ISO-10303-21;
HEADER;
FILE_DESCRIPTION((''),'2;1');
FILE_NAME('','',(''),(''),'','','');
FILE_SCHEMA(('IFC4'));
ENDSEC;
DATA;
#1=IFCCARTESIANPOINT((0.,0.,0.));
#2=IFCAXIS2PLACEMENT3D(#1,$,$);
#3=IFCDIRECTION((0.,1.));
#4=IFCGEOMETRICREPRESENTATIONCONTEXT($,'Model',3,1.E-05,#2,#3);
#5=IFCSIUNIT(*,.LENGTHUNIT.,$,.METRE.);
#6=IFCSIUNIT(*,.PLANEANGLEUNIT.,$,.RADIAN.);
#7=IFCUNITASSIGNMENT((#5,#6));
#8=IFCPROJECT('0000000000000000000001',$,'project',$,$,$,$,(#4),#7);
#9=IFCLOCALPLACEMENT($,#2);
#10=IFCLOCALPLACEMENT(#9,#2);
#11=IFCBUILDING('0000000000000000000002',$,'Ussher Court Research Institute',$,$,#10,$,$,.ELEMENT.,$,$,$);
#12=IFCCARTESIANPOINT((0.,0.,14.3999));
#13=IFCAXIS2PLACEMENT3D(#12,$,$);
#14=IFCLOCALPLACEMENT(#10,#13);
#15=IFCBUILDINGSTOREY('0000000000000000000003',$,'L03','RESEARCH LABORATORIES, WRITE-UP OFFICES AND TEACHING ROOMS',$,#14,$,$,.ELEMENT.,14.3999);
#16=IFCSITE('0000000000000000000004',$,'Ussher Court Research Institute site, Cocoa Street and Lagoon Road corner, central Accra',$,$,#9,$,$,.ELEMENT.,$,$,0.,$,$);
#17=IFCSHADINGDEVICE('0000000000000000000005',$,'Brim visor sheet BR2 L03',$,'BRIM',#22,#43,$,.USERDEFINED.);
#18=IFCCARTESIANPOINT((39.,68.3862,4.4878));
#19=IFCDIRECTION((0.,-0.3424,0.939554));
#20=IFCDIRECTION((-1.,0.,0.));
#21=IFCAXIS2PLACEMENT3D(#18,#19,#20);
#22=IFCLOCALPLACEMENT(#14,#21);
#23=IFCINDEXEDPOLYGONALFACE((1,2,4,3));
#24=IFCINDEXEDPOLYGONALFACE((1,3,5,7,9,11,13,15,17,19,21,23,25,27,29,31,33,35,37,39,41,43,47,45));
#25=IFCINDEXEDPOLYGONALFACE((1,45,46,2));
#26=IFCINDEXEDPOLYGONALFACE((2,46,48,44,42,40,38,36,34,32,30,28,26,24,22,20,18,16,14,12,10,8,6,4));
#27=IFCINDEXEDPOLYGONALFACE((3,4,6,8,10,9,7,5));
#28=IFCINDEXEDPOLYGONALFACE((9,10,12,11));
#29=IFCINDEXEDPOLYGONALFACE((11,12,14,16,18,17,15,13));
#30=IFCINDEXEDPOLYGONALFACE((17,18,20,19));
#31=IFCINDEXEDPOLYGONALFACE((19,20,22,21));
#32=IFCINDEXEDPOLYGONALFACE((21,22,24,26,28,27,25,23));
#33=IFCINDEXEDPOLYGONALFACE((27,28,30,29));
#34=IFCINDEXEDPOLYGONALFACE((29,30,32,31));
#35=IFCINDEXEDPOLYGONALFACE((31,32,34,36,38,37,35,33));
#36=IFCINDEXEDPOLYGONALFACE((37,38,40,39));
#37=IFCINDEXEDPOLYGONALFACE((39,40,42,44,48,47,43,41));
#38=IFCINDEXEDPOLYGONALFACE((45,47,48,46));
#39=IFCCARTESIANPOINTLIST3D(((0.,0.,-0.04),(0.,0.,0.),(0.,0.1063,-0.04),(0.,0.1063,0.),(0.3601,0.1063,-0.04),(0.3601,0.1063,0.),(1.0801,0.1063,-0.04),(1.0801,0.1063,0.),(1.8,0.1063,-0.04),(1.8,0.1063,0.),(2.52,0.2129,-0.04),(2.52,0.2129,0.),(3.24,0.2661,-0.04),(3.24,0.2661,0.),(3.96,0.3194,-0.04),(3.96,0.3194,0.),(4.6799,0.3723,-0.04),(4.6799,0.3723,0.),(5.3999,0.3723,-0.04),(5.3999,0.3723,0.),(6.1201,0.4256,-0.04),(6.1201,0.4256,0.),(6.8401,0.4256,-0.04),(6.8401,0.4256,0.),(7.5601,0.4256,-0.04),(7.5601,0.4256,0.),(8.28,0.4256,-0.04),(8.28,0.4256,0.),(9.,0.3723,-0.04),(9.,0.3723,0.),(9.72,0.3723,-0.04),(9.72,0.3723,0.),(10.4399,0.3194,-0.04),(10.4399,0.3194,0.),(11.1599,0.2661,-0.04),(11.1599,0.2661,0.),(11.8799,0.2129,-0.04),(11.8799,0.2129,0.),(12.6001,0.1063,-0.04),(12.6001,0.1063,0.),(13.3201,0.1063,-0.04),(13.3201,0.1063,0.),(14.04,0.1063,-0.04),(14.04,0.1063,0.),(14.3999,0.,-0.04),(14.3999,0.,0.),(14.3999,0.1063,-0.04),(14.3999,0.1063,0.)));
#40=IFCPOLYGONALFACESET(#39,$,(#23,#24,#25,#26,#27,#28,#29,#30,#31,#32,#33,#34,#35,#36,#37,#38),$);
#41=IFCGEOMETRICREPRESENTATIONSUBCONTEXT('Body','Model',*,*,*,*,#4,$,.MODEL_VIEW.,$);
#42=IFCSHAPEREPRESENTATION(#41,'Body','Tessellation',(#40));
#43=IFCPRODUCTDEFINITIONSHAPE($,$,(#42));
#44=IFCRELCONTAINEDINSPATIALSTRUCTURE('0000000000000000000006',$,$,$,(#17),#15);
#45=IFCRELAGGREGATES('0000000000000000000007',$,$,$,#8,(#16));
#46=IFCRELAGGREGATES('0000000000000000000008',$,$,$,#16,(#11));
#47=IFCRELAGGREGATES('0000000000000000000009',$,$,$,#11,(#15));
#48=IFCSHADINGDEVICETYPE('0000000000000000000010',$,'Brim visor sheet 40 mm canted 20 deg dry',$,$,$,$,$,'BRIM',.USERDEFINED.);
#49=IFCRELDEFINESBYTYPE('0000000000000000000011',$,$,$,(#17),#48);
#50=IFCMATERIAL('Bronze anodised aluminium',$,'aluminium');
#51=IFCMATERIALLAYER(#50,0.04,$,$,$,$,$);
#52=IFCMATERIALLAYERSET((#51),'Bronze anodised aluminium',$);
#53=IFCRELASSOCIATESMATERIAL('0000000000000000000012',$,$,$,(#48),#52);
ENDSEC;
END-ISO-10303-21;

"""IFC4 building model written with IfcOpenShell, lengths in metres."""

from ifc_helpers import new_model, si_unit, direction, frame, origin, place, context, subcontext, project, spatial, polyline, outline, extrude, material, layer, layer_set, type_object, element, save


model = new_model("IFC4")

# Units and contexts
model_context = context("Model", 3, precision=1e-05, world=origin(), true_north=direction((0.0, 1.0)))
body_context = subcontext(model_context, "Body", "Model", "MODEL_VIEW")
ifc_project = project(units=[si_unit("LENGTHUNIT", "METRE"), si_unit("PLANEANGLEUNIT", "RADIAN")], contexts=[model_context])

# Site, building, storey
site_placement = place(None, origin())
site = spatial("IfcSite", under=ifc_project, at=site_placement, Name="Ussher Court Research Institute site, Cocoa Street and Lagoon Road corner, central Accra", CompositionType="ELEMENT", RefElevation=0.0)
building_placement = place(site_placement, origin())
building = spatial("IfcBuilding", under=site, at=building_placement, Name="Ussher Court Research Institute", CompositionType="ELEMENT")
storey_placement = place(building_placement, frame((0.0, 0.0, 14.3999)))
storey = spatial("IfcBuildingStorey", under=building, at=storey_placement, Name="L03", Description="RESEARCH LABORATORIES, WRITE-UP OFFICES AND TEACHING ROOMS", CompositionType="ELEMENT", Elevation=14.3999)

# Shading device
ifc_material_1 = material(Name="Bronze anodised aluminium", Category="aluminium")
ifc_layer_1 = layer(ifc_material_1, 0.04)
ifc_layer_set_1 = layer_set([ifc_layer_1], Name="Bronze anodised aluminium")
shading_device_type_1 = type_object("IfcShadingDeviceType", Name="Brim visor sheet 40 mm canted 20 deg dry", ElementType="BRIM", PredefinedType="USERDEFINED", material=ifc_layer_set_1)
shading_device_1_placement = place(storey_placement, frame((39.0, 68.3862, 4.4878), z_axis=(0.0, -0.3424, 0.939554), x_axis=(-1.0, 0.0, 0.0)))
element("IfcShadingDevice", 1, at=shading_device_1_placement, inside=storey, type_object=shading_device_type_1, Name="Brim visor sheet BR2 L03", ObjectType="BRIM", PredefinedType="USERDEFINED", context=body_context, shape_type="SweptSolid", body=[
    extrude(outline(polyline([(0.0, 0.0), (14.3999, 0.0), (14.3999, 0.1063), (14.04, 0.1063), (13.3201, 0.1063), (12.6001, 0.1063), (11.8799, 0.2129), (11.1599, 0.2661), (10.4399, 0.3194), (9.72, 0.3723), (9.0, 0.3723), (8.28, 0.4256), (7.5601, 0.4256), (6.8401, 0.4256), (6.1201, 0.4256), (5.3999, 0.3723), (4.6799, 0.3723), (3.96, 0.3194), (3.24, 0.2661), (2.52, 0.2129), (1.8, 0.1063), (1.0801, 0.1063), (0.3601, 0.1063), (0.0, 0.1063), (0.0, 0.0)])), origin(), (0.0, 0.0, -1.0), 0.04),
])

save(model, "model.ifc")
